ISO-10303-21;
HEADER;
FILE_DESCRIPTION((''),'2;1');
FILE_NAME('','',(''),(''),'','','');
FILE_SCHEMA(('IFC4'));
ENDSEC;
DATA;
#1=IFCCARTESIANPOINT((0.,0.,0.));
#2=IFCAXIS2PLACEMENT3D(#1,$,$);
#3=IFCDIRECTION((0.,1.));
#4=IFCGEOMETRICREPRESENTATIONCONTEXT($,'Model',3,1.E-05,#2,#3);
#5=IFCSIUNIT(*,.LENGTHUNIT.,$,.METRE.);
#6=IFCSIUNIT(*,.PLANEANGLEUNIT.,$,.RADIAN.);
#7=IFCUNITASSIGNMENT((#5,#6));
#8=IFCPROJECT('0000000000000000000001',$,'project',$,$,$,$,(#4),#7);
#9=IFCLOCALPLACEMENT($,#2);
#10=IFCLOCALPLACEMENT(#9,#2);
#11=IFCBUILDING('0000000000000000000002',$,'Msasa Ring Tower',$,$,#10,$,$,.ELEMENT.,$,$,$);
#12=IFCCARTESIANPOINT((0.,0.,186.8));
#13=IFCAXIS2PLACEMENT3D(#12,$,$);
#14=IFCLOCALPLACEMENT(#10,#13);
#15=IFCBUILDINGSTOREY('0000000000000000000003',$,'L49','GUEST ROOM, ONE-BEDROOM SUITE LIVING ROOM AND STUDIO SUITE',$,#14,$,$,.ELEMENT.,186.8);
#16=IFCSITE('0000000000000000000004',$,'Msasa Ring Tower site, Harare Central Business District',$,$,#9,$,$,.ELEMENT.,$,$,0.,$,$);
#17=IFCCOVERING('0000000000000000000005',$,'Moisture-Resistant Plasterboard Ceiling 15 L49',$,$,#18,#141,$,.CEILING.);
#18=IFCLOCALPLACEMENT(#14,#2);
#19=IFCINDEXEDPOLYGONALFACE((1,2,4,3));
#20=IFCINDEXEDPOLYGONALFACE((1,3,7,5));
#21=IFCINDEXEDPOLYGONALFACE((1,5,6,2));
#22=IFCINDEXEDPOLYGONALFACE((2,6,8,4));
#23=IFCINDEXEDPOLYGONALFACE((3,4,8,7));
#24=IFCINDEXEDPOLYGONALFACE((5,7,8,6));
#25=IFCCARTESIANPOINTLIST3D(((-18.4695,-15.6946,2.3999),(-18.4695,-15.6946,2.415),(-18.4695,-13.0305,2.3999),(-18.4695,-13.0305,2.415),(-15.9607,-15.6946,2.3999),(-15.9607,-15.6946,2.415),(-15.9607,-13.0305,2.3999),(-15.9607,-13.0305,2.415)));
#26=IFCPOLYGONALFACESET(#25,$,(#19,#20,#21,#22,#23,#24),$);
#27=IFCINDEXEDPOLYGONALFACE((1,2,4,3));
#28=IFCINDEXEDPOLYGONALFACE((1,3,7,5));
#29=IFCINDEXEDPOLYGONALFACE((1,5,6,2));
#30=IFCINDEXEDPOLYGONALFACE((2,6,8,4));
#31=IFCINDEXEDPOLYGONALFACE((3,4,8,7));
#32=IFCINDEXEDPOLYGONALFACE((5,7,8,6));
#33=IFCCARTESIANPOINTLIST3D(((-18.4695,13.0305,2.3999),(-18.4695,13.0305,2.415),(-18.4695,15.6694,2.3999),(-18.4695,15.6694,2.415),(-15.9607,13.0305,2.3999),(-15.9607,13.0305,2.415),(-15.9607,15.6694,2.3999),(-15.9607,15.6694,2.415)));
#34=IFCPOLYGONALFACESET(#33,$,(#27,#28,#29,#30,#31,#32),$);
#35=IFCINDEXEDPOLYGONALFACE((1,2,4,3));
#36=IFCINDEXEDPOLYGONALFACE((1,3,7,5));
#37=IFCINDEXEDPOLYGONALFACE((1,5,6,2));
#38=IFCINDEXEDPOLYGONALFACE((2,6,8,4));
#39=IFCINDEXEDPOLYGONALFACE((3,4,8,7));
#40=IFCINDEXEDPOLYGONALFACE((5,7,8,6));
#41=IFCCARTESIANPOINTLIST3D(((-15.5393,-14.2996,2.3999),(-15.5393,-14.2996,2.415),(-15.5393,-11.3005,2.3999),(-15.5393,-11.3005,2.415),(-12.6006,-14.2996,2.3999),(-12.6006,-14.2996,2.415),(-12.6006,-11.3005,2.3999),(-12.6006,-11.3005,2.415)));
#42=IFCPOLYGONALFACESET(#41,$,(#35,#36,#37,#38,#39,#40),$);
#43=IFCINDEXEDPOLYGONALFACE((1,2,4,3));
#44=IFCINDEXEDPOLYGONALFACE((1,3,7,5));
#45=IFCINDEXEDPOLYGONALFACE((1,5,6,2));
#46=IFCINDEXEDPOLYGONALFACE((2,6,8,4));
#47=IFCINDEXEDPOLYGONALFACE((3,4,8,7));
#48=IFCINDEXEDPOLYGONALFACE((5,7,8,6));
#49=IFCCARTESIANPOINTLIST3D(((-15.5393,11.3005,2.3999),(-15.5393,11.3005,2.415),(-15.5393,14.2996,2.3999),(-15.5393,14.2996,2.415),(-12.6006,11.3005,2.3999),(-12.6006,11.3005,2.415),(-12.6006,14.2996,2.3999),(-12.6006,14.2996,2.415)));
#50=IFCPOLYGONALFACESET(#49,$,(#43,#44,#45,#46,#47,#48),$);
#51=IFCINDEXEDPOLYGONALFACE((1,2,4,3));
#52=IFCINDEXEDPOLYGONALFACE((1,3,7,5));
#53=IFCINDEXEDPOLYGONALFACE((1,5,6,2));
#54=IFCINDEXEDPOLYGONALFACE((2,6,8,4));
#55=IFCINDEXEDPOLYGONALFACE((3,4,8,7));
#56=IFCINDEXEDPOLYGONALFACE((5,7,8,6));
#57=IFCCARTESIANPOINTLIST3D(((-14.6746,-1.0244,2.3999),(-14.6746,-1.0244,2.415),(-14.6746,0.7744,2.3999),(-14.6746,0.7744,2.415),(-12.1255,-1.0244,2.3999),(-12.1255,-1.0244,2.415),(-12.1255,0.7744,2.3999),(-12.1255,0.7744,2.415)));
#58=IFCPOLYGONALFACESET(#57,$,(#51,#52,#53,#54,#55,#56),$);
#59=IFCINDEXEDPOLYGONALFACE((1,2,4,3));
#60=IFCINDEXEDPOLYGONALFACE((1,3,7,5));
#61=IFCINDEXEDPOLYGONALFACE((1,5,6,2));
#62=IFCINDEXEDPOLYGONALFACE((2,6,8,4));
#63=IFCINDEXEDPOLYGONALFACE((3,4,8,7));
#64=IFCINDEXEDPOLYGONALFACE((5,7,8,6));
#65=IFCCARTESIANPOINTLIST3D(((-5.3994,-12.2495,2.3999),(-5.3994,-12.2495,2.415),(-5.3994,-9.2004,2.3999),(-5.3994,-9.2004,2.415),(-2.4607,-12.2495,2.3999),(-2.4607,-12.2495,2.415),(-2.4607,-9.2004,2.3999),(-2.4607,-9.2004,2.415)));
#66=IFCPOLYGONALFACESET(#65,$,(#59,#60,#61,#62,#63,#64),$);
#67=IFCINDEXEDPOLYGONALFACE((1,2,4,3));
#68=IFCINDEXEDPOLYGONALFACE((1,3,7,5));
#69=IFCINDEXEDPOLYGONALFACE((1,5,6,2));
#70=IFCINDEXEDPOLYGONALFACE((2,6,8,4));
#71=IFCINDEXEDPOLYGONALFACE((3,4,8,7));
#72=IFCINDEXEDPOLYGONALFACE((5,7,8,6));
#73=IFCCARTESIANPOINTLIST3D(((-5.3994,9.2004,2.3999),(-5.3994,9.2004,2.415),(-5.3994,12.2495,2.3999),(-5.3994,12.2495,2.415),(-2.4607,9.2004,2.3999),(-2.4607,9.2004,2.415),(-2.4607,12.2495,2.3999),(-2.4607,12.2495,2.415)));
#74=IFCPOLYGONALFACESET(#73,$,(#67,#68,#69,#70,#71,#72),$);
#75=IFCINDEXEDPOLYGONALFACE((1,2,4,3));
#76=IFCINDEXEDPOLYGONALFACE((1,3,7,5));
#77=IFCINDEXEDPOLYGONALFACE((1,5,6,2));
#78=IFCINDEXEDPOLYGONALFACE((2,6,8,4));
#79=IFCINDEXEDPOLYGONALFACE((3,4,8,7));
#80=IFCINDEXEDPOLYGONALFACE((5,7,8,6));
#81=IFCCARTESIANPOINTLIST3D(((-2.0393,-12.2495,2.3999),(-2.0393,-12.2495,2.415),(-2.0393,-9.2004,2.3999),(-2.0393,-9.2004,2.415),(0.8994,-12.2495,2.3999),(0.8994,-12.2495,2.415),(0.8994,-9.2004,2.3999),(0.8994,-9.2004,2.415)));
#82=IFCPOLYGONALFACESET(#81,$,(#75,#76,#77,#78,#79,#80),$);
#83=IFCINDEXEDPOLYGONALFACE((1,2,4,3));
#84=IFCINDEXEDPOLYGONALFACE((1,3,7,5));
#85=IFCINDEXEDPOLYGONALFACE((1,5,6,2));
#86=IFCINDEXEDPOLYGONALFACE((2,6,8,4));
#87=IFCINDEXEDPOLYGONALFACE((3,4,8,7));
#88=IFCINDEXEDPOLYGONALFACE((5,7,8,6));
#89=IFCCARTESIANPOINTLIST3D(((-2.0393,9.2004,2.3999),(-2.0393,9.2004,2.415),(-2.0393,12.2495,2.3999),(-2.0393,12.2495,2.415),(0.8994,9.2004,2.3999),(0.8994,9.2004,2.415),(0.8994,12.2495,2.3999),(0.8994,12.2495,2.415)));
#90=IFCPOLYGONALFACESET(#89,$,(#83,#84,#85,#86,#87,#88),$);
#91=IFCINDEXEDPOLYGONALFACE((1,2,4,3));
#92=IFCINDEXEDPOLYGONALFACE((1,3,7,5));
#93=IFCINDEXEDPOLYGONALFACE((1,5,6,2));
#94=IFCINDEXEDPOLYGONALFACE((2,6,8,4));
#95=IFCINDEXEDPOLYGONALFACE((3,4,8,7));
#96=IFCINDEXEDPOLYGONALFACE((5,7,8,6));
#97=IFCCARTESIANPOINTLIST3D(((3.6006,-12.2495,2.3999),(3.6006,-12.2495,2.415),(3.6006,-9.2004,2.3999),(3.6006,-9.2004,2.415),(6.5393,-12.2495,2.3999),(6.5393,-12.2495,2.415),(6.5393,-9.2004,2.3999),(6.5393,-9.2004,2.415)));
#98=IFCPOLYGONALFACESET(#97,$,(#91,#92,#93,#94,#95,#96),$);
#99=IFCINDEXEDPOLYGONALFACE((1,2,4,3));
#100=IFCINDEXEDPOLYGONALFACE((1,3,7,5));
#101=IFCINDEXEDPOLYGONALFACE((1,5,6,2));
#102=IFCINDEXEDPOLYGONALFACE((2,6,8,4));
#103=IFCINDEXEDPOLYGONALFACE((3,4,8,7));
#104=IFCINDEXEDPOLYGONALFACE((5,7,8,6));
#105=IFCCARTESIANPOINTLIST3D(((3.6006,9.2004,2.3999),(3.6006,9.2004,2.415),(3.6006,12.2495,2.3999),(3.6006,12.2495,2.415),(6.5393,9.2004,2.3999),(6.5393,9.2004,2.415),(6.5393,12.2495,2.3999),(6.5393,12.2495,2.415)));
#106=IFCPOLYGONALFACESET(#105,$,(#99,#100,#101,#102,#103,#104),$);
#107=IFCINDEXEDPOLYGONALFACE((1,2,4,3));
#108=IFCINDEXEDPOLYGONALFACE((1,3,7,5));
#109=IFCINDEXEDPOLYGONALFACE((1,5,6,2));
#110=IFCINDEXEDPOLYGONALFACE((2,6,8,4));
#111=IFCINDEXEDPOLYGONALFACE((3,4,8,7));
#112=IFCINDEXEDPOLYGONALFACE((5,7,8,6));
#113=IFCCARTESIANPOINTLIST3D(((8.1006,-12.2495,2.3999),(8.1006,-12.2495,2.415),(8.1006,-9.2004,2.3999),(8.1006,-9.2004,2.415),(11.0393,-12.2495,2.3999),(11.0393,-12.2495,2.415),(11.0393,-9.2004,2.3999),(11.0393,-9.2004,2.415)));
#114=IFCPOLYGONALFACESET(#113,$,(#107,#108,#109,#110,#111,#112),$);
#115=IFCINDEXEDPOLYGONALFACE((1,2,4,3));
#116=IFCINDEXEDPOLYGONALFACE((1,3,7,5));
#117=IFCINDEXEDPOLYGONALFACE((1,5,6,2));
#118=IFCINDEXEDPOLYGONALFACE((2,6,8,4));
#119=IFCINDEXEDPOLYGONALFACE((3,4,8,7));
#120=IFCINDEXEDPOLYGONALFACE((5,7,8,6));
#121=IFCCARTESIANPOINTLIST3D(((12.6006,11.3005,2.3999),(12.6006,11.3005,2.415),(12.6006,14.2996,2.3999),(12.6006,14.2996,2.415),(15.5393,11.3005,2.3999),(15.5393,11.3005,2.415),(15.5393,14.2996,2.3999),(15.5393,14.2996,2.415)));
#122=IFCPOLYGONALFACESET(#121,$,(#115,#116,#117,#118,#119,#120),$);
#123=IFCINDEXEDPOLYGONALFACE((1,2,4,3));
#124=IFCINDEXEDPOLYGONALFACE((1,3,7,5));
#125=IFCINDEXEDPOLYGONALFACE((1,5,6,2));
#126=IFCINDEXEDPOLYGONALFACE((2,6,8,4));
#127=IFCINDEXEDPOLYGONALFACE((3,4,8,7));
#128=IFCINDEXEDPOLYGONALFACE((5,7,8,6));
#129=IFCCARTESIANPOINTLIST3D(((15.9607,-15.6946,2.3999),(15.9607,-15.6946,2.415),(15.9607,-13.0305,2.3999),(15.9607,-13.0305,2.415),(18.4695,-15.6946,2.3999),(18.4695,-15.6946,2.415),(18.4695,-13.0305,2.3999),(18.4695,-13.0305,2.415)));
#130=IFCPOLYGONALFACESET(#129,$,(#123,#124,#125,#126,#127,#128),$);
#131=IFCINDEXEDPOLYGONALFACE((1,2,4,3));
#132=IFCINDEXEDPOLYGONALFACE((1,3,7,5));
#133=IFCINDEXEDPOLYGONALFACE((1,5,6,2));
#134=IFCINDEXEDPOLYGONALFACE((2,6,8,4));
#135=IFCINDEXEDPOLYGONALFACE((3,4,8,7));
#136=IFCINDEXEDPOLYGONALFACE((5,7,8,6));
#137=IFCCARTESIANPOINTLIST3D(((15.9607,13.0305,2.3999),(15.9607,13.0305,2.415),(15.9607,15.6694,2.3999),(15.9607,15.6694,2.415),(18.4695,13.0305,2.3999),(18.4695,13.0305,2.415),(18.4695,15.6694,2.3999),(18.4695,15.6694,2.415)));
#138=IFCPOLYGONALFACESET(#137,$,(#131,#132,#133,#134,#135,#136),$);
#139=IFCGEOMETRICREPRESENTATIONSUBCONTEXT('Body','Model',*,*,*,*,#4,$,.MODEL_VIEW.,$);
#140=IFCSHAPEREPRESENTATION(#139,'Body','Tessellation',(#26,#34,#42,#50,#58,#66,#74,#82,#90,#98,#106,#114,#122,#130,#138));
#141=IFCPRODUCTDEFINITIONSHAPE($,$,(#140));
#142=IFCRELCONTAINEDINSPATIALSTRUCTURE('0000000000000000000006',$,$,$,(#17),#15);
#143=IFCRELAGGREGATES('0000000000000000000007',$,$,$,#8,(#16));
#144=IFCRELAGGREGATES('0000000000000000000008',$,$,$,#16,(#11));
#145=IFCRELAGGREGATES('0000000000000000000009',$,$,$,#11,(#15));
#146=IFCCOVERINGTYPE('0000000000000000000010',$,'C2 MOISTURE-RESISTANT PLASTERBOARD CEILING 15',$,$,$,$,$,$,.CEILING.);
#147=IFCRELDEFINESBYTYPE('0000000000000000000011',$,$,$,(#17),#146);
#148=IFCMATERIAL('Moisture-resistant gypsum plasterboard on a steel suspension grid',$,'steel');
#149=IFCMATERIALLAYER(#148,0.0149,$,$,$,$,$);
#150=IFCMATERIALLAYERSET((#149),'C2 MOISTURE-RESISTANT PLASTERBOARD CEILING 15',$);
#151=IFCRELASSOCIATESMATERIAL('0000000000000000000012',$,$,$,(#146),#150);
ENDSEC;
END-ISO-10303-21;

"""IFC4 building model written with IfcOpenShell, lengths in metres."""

from ifc_helpers import new_model, si_unit, direction, frame, origin, place, context, subcontext, project, spatial, line, indexed_curve, outline, extrude, material, layer, layer_set, type_object, element, save


model = new_model("IFC4")

# Units and contexts
model_context = context("Model", 3, precision=1e-05, world=origin(), true_north=direction((0.0, 1.0)))
body_context = subcontext(model_context, "Body", "Model", "MODEL_VIEW")
ifc_project = project(units=[si_unit("LENGTHUNIT", "METRE"), si_unit("PLANEANGLEUNIT", "RADIAN")], contexts=[model_context])

# Site, building, storey
site_placement = place(None, origin())
site = spatial("IfcSite", under=ifc_project, at=site_placement, Name="Msasa Ring Tower site, Harare Central Business District", CompositionType="ELEMENT", RefElevation=0.0)
building_placement = place(site_placement, origin())
building = spatial("IfcBuilding", under=site, at=building_placement, Name="Msasa Ring Tower", CompositionType="ELEMENT")
storey_placement = place(building_placement, frame((0.0, 0.0, 186.8)))
storey = spatial("IfcBuildingStorey", under=building, at=storey_placement, Name="L49", Description="GUEST ROOM, ONE-BEDROOM SUITE LIVING ROOM AND STUDIO SUITE", CompositionType="ELEMENT", Elevation=186.8)

# Covering
ifc_material_1 = material(Name="Moisture-resistant gypsum plasterboard on a steel suspension grid", Category="steel")
ifc_layer_1 = layer(ifc_material_1, 0.0149)
ifc_layer_set_1 = layer_set([ifc_layer_1], Name="C2 MOISTURE-RESISTANT PLASTERBOARD CEILING 15")
covering_type_1 = type_object("IfcCoveringType", Name="C2 MOISTURE-RESISTANT PLASTERBOARD CEILING 15", PredefinedType="CEILING", material=ifc_layer_set_1)
covering_1_placement = place(storey_placement, frame((0.0, 0.0, 2.3999)))
element("IfcCovering", 1, at=covering_1_placement, inside=storey, type_object=covering_type_1, Name="Moisture-Resistant Plasterboard Ceiling 15 L49", PredefinedType="CEILING", context=body_context, shape_type="SweptSolid", body=[
    extrude(outline(indexed_curve([(-18.4695, -15.6946), (-18.4695, -13.0305), (-15.9607, -13.0305), (-15.9607, -15.6946)], segments=[line(1, 2, 3, 4, 1)], self_intersect=False)), origin(), (0.0, 0.0, 1.0), 0.0151),
    extrude(outline(indexed_curve([(-18.4695, 15.6694), (-15.9607, 15.6694), (-15.9607, 13.0305), (-18.4695, 13.0305)], segments=[line(1, 2, 3, 4, 1)], self_intersect=False)), origin(), (0.0, 0.0, 1.0), 0.0151),
    extrude(outline(indexed_curve([(-12.6006, -11.3005), (-12.6006, -14.2996), (-15.5393, -14.2996), (-15.5393, -11.3005)], segments=[line(1, 2, 3, 4, 1)], self_intersect=False)), origin(), (0.0, 0.0, 1.0), 0.0151),
    extrude(outline(indexed_curve([(-12.6006, 14.2996), (-12.6006, 11.3005), (-15.5393, 11.3005), (-15.5393, 14.2996)], segments=[line(1, 2, 3, 4, 1)], self_intersect=False)), origin(), (0.0, 0.0, 1.0), 0.0151),
    extrude(outline(indexed_curve([(-14.6746, 0.7744), (-12.1255, 0.7744), (-12.1255, -1.0244), (-14.6746, -1.0244)], segments=[line(1, 2, 3, 4, 1)], self_intersect=False)), origin(), (0.0, 0.0, 1.0), 0.0151),
    extrude(outline(indexed_curve([(-5.3994, -9.2004), (-2.4607, -9.2004), (-2.4607, -12.2495), (-5.3994, -12.2495)], segments=[line(1, 2, 3, 4, 1)], self_intersect=False)), origin(), (0.0, 0.0, 1.0), 0.0151),
    extrude(outline(indexed_curve([(-5.3994, 12.2495), (-2.4607, 12.2495), (-2.4607, 9.2004), (-5.3994, 9.2004)], segments=[line(1, 2, 3, 4, 1)], self_intersect=False)), origin(), (0.0, 0.0, 1.0), 0.0151),
    extrude(outline(indexed_curve([(0.8994, -9.2004), (0.8994, -12.2495), (-2.0393, -12.2495), (-2.0393, -9.2004)], segments=[line(1, 2, 3, 4, 1)], self_intersect=False)), origin(), (0.0, 0.0, 1.0), 0.0151),
    extrude(outline(indexed_curve([(0.8994, 12.2495), (0.8994, 9.2004), (-2.0393, 9.2004), (-2.0393, 12.2495)], segments=[line(1, 2, 3, 4, 1)], self_intersect=False)), origin(), (0.0, 0.0, 1.0), 0.0151),
    extrude(outline(indexed_curve([(3.6006, -9.2004), (6.5393, -9.2004), (6.5393, -12.2495), (3.6006, -12.2495)], segments=[line(1, 2, 3, 4, 1)], self_intersect=False)), origin(), (0.0, 0.0, 1.0), 0.0151),
    extrude(outline(indexed_curve([(3.6006, 12.2495), (6.5393, 12.2495), (6.5393, 9.2004), (3.6006, 9.2004)], segments=[line(1, 2, 3, 4, 1)], self_intersect=False)), origin(), (0.0, 0.0, 1.0), 0.0151),
    extrude(outline(indexed_curve([(8.1006, -9.2004), (11.0393, -9.2004), (11.0393, -12.2495), (8.1006, -12.2495)], segments=[line(1, 2, 3, 4, 1)], self_intersect=False)), origin(), (0.0, 0.0, 1.0), 0.0151),
    extrude(outline(indexed_curve([(12.6006, 14.2996), (15.5393, 14.2996), (15.5393, 11.3005), (12.6006, 11.3005)], segments=[line(1, 2, 3, 4, 1)], self_intersect=False)), origin(), (0.0, 0.0, 1.0), 0.0151),
    extrude(outline(indexed_curve([(18.4695, -13.0305), (18.4695, -15.6946), (15.9607, -15.6946), (15.9607, -13.0305)], segments=[line(1, 2, 3, 4, 1)], self_intersect=False)), origin(), (0.0, 0.0, 1.0), 0.0151),
    extrude(outline(indexed_curve([(18.4695, 15.6694), (18.4695, 13.0305), (15.9607, 13.0305), (15.9607, 15.6694)], segments=[line(1, 2, 3, 4, 1)], self_intersect=False)), origin(), (0.0, 0.0, 1.0), 0.0151),
])

save(model, "model.ifc")
